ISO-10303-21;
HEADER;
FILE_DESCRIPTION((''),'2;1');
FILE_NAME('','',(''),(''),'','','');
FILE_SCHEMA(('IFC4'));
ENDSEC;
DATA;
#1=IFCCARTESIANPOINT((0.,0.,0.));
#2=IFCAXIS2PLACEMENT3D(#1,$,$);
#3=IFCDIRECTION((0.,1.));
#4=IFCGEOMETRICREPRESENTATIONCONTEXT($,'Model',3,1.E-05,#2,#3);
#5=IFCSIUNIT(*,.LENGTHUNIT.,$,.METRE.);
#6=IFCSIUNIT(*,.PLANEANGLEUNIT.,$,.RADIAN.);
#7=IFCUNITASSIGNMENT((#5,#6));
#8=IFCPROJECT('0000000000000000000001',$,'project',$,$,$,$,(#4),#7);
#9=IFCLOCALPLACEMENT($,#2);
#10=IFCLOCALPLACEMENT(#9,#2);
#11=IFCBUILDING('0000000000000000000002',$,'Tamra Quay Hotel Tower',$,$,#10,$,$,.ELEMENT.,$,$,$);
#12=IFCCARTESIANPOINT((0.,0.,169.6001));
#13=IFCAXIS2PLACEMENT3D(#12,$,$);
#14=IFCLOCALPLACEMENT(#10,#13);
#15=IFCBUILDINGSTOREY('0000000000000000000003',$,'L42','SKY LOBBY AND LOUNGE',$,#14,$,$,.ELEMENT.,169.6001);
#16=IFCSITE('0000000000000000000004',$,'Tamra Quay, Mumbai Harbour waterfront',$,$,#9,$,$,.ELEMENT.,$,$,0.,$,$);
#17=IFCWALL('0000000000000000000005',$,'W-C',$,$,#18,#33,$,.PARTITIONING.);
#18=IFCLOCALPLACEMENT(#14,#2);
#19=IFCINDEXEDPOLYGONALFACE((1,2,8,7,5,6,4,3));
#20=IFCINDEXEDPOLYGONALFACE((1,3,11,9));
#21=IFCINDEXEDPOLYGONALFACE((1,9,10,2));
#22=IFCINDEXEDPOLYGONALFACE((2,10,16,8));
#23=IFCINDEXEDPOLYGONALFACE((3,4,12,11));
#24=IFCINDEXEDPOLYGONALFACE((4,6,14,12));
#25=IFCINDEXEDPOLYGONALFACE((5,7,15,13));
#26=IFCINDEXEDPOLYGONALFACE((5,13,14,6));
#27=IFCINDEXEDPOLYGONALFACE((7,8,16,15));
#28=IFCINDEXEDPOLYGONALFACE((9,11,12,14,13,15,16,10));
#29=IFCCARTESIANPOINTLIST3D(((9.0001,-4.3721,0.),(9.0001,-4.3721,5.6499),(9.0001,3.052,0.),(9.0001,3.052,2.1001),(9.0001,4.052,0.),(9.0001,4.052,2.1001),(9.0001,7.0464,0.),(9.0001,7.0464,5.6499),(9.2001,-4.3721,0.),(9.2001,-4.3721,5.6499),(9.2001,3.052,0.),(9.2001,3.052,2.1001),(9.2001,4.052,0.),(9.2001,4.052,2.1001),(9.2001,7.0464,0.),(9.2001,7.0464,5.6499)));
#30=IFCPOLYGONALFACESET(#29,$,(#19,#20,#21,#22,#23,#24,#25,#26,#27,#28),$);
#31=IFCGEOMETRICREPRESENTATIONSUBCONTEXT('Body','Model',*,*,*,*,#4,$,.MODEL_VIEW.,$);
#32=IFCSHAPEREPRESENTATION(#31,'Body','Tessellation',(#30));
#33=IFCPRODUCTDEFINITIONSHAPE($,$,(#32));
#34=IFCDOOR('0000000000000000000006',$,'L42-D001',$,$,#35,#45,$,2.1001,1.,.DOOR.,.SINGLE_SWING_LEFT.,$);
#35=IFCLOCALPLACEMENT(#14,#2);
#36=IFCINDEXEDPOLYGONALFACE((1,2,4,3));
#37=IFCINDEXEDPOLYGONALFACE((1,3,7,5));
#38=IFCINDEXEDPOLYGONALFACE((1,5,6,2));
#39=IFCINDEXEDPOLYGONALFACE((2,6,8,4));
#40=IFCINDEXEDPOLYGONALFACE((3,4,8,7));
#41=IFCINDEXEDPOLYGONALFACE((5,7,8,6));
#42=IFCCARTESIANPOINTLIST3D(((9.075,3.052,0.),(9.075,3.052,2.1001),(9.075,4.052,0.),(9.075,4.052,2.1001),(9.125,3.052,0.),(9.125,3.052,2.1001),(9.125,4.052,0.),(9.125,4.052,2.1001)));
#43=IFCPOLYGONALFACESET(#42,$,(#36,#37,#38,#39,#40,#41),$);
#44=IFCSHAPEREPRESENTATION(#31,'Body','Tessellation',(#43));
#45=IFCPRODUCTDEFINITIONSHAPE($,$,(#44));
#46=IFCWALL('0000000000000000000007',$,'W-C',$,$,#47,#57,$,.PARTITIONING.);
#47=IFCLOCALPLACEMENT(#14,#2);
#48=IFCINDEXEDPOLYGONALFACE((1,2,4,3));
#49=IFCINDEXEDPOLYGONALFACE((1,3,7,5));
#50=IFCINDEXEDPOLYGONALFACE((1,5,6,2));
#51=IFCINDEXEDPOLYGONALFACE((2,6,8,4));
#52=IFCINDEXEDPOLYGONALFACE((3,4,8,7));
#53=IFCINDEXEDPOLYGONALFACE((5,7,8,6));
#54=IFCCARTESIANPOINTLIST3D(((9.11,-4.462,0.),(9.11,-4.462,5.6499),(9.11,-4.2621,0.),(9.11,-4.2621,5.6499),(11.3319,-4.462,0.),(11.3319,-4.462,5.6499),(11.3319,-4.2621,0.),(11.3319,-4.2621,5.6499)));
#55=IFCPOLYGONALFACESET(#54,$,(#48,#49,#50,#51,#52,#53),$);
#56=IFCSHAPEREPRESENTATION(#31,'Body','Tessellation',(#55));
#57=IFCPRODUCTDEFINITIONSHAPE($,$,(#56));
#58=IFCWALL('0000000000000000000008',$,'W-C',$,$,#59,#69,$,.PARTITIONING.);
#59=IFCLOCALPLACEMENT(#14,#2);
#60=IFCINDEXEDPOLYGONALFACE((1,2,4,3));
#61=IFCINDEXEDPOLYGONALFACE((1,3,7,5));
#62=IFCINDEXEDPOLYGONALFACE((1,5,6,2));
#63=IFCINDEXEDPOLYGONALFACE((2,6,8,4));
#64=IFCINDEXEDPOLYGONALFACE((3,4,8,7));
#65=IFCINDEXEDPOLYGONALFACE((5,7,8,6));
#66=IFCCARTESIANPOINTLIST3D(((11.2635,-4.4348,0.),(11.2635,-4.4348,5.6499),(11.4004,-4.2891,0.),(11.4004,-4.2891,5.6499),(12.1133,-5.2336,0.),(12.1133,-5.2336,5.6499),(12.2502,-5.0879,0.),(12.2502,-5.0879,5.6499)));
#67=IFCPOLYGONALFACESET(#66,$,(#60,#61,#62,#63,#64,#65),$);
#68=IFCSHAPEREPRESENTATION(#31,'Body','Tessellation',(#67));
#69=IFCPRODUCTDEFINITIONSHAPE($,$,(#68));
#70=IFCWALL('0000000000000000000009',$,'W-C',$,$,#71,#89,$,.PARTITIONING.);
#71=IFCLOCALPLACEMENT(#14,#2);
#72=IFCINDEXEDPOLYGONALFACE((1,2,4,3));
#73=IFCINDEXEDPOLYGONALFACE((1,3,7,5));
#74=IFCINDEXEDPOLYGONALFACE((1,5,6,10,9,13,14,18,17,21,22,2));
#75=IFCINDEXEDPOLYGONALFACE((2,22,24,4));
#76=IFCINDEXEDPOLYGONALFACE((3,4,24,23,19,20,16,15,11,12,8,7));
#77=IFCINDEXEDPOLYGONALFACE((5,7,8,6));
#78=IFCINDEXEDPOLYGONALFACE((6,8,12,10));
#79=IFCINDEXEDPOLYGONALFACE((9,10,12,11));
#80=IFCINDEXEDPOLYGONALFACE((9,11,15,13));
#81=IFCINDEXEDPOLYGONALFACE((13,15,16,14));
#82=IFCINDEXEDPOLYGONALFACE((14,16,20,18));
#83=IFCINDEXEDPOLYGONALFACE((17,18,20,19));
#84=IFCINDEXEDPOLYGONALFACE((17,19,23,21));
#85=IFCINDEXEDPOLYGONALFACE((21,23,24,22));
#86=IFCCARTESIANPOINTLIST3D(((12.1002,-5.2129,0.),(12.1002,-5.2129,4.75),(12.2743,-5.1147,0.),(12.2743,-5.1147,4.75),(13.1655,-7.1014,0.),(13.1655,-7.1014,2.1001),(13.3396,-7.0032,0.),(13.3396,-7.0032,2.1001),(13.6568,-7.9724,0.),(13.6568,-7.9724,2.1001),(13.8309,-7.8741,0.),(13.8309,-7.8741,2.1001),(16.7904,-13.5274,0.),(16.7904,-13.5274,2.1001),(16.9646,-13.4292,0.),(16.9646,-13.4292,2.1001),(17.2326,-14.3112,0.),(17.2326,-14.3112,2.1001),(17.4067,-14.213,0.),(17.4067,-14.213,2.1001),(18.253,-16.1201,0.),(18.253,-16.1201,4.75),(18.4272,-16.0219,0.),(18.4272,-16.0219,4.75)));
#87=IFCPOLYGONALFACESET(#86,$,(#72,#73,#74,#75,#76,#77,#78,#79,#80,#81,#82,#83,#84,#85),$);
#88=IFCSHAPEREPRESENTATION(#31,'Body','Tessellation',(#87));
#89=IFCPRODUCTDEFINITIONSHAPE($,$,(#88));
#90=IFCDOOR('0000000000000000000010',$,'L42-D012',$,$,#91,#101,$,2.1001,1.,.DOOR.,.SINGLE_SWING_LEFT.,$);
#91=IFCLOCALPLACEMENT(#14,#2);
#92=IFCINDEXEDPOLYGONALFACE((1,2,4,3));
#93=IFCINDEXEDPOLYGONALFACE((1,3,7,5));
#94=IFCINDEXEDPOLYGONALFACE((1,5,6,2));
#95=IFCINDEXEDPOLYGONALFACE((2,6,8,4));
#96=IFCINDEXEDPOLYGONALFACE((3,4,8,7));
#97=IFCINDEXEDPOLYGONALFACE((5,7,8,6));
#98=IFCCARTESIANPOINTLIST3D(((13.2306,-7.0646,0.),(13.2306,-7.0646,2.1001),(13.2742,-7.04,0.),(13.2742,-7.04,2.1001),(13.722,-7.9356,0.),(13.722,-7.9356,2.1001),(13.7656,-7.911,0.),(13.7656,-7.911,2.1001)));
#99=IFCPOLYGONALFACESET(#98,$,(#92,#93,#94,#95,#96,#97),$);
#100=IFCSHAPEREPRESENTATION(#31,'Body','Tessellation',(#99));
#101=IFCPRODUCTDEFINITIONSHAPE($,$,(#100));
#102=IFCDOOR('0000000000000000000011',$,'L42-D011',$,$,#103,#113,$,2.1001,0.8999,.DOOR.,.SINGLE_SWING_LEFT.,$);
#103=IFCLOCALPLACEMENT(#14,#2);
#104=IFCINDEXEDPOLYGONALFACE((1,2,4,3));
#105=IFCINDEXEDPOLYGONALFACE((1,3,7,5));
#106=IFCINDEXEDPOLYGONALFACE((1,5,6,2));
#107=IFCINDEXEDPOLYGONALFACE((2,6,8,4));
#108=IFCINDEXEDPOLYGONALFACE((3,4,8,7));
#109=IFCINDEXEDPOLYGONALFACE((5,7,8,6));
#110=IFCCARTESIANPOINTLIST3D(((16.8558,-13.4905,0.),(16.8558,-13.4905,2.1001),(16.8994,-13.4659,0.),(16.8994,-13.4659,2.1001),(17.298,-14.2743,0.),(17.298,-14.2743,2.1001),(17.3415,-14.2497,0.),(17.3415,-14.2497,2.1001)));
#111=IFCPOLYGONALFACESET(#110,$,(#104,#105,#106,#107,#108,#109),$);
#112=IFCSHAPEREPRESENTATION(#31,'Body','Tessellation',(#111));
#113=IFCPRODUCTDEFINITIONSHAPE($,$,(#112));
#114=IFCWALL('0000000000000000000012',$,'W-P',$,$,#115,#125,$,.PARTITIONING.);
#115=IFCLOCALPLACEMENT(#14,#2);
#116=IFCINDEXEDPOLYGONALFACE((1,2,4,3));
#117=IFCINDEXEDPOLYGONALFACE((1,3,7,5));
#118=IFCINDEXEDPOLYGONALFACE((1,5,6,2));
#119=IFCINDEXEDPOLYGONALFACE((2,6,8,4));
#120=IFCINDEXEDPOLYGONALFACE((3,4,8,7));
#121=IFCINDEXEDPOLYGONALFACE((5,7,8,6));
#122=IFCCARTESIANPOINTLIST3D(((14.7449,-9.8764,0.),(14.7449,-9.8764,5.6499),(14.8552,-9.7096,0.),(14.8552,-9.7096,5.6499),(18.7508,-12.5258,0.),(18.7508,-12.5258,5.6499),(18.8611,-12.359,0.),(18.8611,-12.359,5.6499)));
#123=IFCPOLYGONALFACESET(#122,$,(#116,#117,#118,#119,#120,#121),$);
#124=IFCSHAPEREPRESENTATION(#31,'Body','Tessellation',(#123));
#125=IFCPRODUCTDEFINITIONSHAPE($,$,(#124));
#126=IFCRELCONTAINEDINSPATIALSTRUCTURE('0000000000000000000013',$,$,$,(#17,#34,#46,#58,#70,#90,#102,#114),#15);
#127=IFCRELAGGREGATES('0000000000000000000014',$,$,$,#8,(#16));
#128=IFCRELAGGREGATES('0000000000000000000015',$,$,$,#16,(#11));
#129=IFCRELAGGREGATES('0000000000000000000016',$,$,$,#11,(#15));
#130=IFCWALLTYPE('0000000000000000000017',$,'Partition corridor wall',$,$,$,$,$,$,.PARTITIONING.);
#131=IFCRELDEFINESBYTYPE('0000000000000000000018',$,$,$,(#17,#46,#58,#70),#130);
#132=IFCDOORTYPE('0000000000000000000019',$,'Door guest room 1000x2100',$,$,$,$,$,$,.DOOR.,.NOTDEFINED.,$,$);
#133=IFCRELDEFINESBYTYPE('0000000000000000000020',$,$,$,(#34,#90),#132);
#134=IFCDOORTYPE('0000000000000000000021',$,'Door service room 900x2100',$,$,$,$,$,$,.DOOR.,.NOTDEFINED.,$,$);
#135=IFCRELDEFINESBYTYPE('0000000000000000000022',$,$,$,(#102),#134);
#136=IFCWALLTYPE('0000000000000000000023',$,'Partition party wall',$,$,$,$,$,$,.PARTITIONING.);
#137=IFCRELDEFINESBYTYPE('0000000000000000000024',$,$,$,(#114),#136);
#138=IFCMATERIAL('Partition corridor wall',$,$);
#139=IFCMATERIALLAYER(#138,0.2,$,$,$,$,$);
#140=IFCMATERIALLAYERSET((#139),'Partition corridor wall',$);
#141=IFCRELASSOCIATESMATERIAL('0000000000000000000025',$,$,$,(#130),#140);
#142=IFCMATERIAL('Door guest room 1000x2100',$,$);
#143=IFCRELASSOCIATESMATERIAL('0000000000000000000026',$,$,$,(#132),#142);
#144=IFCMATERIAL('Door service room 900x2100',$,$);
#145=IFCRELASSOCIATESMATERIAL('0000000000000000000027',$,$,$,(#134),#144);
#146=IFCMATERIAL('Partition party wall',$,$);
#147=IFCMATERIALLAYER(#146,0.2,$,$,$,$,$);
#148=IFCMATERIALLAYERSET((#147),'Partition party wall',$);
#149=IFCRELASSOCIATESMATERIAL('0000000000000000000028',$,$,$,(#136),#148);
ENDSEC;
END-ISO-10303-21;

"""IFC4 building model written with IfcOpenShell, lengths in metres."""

from ifc_helpers import new_model, si_unit, direction, frame, frame_2d, origin, place, context, subcontext, project, spatial, rectangle, extrude, material, layer, layer_set, type_object, element, fill, save


model = new_model("IFC4")

# Units and contexts
model_context = context("Model", 3, precision=1e-05, world=origin(), true_north=direction((0.0, 1.0)))
body_context = subcontext(model_context, "Body", "Model", "MODEL_VIEW")
ifc_project = project(units=[si_unit("LENGTHUNIT", "METRE"), si_unit("PLANEANGLEUNIT", "RADIAN")], contexts=[model_context])

# Site, building, storey
site_placement = place(None, origin())
site = spatial("IfcSite", under=ifc_project, at=site_placement, Name="Tamra Quay, Mumbai Harbour waterfront", CompositionType="ELEMENT", RefElevation=0.0)
building_placement = place(site_placement, origin())
building = spatial("IfcBuilding", under=site, at=building_placement, Name="Tamra Quay Hotel Tower", CompositionType="ELEMENT")
storey_placement = place(building_placement, frame((0.0, 0.0, 169.6001)))
storey = spatial("IfcBuildingStorey", under=building, at=storey_placement, Name="L42", Description="SKY LOBBY AND LOUNGE", CompositionType="ELEMENT", Elevation=169.6001)

# Wall, opening, door
ifc_material_1 = material(Name="Partition corridor wall")
ifc_layer_1 = layer(ifc_material_1, 0.2)
ifc_layer_set_1 = layer_set([ifc_layer_1], Name="Partition corridor wall")
wall_type_1 = type_object("IfcWallType", Name="Partition corridor wall", PredefinedType="PARTITIONING", material=ifc_layer_set_1)
wall_1_placement = place(storey_placement, frame((9.1001, -4.3721, 0.0), z_axis=(0.0, 0.0, 1.0), x_axis=(0.0, 1.0, 0.0)))
wall_1 = element("IfcWall", 1, at=wall_1_placement, inside=storey, type_object=wall_type_1, Name="W-C", PredefinedType="PARTITIONING", context=body_context, shape_type="SweptSolid", body=[
    extrude(rectangle(XDim=11.4185, YDim=0.2, at=frame_2d((5.7092, 0.0))), origin(), (0.0, 0.0, 1.0), 5.6499),
])
opening_1_placement = place(wall_1_placement, frame((7.4241, 0.0, 0.0)))
opening_1 = element("IfcOpeningElement", 2, at=opening_1_placement, cuts=wall_1, PredefinedType="OPENING", context=body_context, shape_type="SweptSolid", body=[
    extrude(rectangle(XDim=1.0, YDim=2.1001, at=frame_2d((0.5, 1.05))), frame((0.0, 0.1099, 0.0), z_axis=(0.0, -1.0, 0.0), x_axis=(1.0, 0.0, 0.0)), (0.0, 0.0, 1.0), 0.22),
])
ifc_material_2 = material(Name="Door guest room 1000x2100")
door_type_1 = type_object("IfcDoorType", Name="Door guest room 1000x2100", OperationType="NOTDEFINED", PredefinedType="DOOR", material=ifc_material_2)
door_1_placement = place(opening_1_placement, frame((1.0, 0.0, 0.0), z_axis=(0.0, 0.0, 1.0), x_axis=(-1.0, 0.0, 0.0)))
door_1 = element("IfcDoor", 3, at=door_1_placement, inside=storey, type_object=door_type_1, Name="L42-D001", OperationType="SINGLE_SWING_LEFT", OverallHeight=2.1001, OverallWidth=1.0, PredefinedType="DOOR", context=body_context, shape_type="SweptSolid", body=[
    extrude(rectangle(XDim=1.0, YDim=2.1001, at=frame_2d((0.5, 1.05))), frame((0.0, 0.0249, 0.0), z_axis=(0.0, -1.0, 0.0), x_axis=(1.0, 0.0, 0.0)), (0.0, 0.0, 1.0), 0.05),
])
fill(opening_1, door_1)

# Walls
wall_2_placement = place(storey_placement, frame((9.1101, -4.3621, 0.0), z_axis=(0.0, 0.0, 1.0), x_axis=(1.0, 0.0, 0.0)))
element("IfcWall", 4, at=wall_2_placement, inside=storey, type_object=wall_type_1, Name="W-C", PredefinedType="PARTITIONING", context=body_context, shape_type="SweptSolid", body=[
    extrude(rectangle(XDim=2.2219, YDim=0.2, at=frame_2d((1.1108, 0.0))), origin(), (0.0, 0.0, 1.0), 5.6499),
])
wall_3_placement = place(storey_placement, frame((11.332, -4.3621, 0.0), z_axis=(0.0, 0.0, 1.0), x_axis=(0.728642, -0.684894, 0.0)))
element("IfcWall", 5, at=wall_3_placement, inside=storey, type_object=wall_type_1, Name="W-C", PredefinedType="PARTITIONING", context=body_context, shape_type="SweptSolid", body=[
    extrude(rectangle(XDim=1.1663, YDim=0.2, at=frame_2d((0.583, 0.0))), origin(), (0.0, 0.0, 1.0), 5.6499),
])

# Wall, openings, doors
wall_4_placement = place(storey_placement, frame((12.1873, -5.1638, 0.0), z_axis=(0.0, 0.0, 1.0), x_axis=(0.491323, -0.870977, 0.0)))
wall_4 = element("IfcWall", 6, at=wall_4_placement, inside=storey, type_object=wall_type_1, Name="W-C", PredefinedType="PARTITIONING", context=body_context, shape_type="SweptSolid", body=[
    extrude(rectangle(XDim=12.5229, YDim=0.2, at=frame_2d((6.2615, 0.0))), origin(), (0.0, 0.0, 1.0), 4.75),
])
opening_2_placement = place(wall_4_placement, frame((9.5461, 0.0, 0.0)))
opening_2 = element("IfcOpeningElement", 7, at=opening_2_placement, cuts=wall_4, PredefinedType="OPENING", context=body_context, shape_type="SweptSolid", body=[
    extrude(rectangle(XDim=0.8999, YDim=2.1001, at=frame_2d((0.45, 1.05))), frame((0.0, 0.1099, 0.0), z_axis=(0.0, -1.0, 0.0), x_axis=(1.0, 0.0, 0.0)), (0.0, 0.0, 1.0), 0.22),
])
opening_3_placement = place(wall_4_placement, frame((2.1682, 0.0, 0.0)))
opening_3 = element("IfcOpeningElement", 8, at=opening_3_placement, cuts=wall_4, PredefinedType="OPENING", context=body_context, shape_type="SweptSolid", body=[
    extrude(rectangle(XDim=1.0, YDim=2.1001, at=frame_2d((0.5, 1.05))), frame((0.0, 0.1099, 0.0), z_axis=(0.0, -1.0, 0.0), x_axis=(1.0, 0.0, 0.0)), (0.0, 0.0, 1.0), 0.22),
])
door_2_placement = place(opening_3_placement, origin())
door_2 = element("IfcDoor", 9, at=door_2_placement, inside=storey, type_object=door_type_1, Name="L42-D012", OperationType="SINGLE_SWING_LEFT", OverallHeight=2.1001, OverallWidth=1.0, PredefinedType="DOOR", context=body_context, shape_type="SweptSolid", body=[
    extrude(rectangle(XDim=1.0, YDim=2.1001, at=frame_2d((0.5, 1.05))), frame((0.0, 0.0249, 0.0), z_axis=(0.0, -1.0, 0.0), x_axis=(1.0, 0.0, 0.0)), (0.0, 0.0, 1.0), 0.05),
])
fill(opening_3, door_2)
ifc_material_3 = material(Name="Door service room 900x2100")
door_type_2 = type_object("IfcDoorType", Name="Door service room 900x2100", OperationType="NOTDEFINED", PredefinedType="DOOR", material=ifc_material_3)
door_3_placement = place(opening_2_placement, frame((0.8999, 0.0, 0.0), z_axis=(0.0, 0.0, 1.0), x_axis=(-1.0, 0.0, 0.0)))
door_3 = element("IfcDoor", 10, at=door_3_placement, inside=storey, type_object=door_type_2, Name="L42-D011", OperationType="SINGLE_SWING_LEFT", OverallHeight=2.1001, OverallWidth=0.8999, PredefinedType="DOOR", context=body_context, shape_type="SweptSolid", body=[
    extrude(rectangle(XDim=0.8999, YDim=2.1001, at=frame_2d((0.45, 1.05))), frame((0.0, 0.0249, 0.0), z_axis=(0.0, -1.0, 0.0), x_axis=(1.0, 0.0, 0.0)), (0.0, 0.0, 1.0), 0.05),
])
fill(opening_2, door_3)

# Wall
ifc_material_4 = material(Name="Partition party wall")
ifc_layer_2 = layer(ifc_material_4, 0.2)
ifc_layer_set_2 = layer_set([ifc_layer_2], Name="Partition party wall")
wall_type_2 = type_object("IfcWallType", Name="Partition party wall", PredefinedType="PARTITIONING", material=ifc_layer_set_2)
wall_5_placement = place(storey_placement, frame((14.8, -9.793, 0.0), z_axis=(0.0, 0.0, 1.0), x_axis=(0.834078, -0.551646, 0.0)))
element("IfcWall", 11, at=wall_5_placement, inside=storey, type_object=wall_type_2, Name="W-P", PredefinedType="PARTITIONING", context=body_context, shape_type="SweptSolid", body=[
    extrude(rectangle(XDim=4.8027, YDim=0.2, at=frame_2d((2.4014, 0.0))), origin(), (0.0, 0.0, 1.0), 5.6499),
])

save(model, "model.ifc")
